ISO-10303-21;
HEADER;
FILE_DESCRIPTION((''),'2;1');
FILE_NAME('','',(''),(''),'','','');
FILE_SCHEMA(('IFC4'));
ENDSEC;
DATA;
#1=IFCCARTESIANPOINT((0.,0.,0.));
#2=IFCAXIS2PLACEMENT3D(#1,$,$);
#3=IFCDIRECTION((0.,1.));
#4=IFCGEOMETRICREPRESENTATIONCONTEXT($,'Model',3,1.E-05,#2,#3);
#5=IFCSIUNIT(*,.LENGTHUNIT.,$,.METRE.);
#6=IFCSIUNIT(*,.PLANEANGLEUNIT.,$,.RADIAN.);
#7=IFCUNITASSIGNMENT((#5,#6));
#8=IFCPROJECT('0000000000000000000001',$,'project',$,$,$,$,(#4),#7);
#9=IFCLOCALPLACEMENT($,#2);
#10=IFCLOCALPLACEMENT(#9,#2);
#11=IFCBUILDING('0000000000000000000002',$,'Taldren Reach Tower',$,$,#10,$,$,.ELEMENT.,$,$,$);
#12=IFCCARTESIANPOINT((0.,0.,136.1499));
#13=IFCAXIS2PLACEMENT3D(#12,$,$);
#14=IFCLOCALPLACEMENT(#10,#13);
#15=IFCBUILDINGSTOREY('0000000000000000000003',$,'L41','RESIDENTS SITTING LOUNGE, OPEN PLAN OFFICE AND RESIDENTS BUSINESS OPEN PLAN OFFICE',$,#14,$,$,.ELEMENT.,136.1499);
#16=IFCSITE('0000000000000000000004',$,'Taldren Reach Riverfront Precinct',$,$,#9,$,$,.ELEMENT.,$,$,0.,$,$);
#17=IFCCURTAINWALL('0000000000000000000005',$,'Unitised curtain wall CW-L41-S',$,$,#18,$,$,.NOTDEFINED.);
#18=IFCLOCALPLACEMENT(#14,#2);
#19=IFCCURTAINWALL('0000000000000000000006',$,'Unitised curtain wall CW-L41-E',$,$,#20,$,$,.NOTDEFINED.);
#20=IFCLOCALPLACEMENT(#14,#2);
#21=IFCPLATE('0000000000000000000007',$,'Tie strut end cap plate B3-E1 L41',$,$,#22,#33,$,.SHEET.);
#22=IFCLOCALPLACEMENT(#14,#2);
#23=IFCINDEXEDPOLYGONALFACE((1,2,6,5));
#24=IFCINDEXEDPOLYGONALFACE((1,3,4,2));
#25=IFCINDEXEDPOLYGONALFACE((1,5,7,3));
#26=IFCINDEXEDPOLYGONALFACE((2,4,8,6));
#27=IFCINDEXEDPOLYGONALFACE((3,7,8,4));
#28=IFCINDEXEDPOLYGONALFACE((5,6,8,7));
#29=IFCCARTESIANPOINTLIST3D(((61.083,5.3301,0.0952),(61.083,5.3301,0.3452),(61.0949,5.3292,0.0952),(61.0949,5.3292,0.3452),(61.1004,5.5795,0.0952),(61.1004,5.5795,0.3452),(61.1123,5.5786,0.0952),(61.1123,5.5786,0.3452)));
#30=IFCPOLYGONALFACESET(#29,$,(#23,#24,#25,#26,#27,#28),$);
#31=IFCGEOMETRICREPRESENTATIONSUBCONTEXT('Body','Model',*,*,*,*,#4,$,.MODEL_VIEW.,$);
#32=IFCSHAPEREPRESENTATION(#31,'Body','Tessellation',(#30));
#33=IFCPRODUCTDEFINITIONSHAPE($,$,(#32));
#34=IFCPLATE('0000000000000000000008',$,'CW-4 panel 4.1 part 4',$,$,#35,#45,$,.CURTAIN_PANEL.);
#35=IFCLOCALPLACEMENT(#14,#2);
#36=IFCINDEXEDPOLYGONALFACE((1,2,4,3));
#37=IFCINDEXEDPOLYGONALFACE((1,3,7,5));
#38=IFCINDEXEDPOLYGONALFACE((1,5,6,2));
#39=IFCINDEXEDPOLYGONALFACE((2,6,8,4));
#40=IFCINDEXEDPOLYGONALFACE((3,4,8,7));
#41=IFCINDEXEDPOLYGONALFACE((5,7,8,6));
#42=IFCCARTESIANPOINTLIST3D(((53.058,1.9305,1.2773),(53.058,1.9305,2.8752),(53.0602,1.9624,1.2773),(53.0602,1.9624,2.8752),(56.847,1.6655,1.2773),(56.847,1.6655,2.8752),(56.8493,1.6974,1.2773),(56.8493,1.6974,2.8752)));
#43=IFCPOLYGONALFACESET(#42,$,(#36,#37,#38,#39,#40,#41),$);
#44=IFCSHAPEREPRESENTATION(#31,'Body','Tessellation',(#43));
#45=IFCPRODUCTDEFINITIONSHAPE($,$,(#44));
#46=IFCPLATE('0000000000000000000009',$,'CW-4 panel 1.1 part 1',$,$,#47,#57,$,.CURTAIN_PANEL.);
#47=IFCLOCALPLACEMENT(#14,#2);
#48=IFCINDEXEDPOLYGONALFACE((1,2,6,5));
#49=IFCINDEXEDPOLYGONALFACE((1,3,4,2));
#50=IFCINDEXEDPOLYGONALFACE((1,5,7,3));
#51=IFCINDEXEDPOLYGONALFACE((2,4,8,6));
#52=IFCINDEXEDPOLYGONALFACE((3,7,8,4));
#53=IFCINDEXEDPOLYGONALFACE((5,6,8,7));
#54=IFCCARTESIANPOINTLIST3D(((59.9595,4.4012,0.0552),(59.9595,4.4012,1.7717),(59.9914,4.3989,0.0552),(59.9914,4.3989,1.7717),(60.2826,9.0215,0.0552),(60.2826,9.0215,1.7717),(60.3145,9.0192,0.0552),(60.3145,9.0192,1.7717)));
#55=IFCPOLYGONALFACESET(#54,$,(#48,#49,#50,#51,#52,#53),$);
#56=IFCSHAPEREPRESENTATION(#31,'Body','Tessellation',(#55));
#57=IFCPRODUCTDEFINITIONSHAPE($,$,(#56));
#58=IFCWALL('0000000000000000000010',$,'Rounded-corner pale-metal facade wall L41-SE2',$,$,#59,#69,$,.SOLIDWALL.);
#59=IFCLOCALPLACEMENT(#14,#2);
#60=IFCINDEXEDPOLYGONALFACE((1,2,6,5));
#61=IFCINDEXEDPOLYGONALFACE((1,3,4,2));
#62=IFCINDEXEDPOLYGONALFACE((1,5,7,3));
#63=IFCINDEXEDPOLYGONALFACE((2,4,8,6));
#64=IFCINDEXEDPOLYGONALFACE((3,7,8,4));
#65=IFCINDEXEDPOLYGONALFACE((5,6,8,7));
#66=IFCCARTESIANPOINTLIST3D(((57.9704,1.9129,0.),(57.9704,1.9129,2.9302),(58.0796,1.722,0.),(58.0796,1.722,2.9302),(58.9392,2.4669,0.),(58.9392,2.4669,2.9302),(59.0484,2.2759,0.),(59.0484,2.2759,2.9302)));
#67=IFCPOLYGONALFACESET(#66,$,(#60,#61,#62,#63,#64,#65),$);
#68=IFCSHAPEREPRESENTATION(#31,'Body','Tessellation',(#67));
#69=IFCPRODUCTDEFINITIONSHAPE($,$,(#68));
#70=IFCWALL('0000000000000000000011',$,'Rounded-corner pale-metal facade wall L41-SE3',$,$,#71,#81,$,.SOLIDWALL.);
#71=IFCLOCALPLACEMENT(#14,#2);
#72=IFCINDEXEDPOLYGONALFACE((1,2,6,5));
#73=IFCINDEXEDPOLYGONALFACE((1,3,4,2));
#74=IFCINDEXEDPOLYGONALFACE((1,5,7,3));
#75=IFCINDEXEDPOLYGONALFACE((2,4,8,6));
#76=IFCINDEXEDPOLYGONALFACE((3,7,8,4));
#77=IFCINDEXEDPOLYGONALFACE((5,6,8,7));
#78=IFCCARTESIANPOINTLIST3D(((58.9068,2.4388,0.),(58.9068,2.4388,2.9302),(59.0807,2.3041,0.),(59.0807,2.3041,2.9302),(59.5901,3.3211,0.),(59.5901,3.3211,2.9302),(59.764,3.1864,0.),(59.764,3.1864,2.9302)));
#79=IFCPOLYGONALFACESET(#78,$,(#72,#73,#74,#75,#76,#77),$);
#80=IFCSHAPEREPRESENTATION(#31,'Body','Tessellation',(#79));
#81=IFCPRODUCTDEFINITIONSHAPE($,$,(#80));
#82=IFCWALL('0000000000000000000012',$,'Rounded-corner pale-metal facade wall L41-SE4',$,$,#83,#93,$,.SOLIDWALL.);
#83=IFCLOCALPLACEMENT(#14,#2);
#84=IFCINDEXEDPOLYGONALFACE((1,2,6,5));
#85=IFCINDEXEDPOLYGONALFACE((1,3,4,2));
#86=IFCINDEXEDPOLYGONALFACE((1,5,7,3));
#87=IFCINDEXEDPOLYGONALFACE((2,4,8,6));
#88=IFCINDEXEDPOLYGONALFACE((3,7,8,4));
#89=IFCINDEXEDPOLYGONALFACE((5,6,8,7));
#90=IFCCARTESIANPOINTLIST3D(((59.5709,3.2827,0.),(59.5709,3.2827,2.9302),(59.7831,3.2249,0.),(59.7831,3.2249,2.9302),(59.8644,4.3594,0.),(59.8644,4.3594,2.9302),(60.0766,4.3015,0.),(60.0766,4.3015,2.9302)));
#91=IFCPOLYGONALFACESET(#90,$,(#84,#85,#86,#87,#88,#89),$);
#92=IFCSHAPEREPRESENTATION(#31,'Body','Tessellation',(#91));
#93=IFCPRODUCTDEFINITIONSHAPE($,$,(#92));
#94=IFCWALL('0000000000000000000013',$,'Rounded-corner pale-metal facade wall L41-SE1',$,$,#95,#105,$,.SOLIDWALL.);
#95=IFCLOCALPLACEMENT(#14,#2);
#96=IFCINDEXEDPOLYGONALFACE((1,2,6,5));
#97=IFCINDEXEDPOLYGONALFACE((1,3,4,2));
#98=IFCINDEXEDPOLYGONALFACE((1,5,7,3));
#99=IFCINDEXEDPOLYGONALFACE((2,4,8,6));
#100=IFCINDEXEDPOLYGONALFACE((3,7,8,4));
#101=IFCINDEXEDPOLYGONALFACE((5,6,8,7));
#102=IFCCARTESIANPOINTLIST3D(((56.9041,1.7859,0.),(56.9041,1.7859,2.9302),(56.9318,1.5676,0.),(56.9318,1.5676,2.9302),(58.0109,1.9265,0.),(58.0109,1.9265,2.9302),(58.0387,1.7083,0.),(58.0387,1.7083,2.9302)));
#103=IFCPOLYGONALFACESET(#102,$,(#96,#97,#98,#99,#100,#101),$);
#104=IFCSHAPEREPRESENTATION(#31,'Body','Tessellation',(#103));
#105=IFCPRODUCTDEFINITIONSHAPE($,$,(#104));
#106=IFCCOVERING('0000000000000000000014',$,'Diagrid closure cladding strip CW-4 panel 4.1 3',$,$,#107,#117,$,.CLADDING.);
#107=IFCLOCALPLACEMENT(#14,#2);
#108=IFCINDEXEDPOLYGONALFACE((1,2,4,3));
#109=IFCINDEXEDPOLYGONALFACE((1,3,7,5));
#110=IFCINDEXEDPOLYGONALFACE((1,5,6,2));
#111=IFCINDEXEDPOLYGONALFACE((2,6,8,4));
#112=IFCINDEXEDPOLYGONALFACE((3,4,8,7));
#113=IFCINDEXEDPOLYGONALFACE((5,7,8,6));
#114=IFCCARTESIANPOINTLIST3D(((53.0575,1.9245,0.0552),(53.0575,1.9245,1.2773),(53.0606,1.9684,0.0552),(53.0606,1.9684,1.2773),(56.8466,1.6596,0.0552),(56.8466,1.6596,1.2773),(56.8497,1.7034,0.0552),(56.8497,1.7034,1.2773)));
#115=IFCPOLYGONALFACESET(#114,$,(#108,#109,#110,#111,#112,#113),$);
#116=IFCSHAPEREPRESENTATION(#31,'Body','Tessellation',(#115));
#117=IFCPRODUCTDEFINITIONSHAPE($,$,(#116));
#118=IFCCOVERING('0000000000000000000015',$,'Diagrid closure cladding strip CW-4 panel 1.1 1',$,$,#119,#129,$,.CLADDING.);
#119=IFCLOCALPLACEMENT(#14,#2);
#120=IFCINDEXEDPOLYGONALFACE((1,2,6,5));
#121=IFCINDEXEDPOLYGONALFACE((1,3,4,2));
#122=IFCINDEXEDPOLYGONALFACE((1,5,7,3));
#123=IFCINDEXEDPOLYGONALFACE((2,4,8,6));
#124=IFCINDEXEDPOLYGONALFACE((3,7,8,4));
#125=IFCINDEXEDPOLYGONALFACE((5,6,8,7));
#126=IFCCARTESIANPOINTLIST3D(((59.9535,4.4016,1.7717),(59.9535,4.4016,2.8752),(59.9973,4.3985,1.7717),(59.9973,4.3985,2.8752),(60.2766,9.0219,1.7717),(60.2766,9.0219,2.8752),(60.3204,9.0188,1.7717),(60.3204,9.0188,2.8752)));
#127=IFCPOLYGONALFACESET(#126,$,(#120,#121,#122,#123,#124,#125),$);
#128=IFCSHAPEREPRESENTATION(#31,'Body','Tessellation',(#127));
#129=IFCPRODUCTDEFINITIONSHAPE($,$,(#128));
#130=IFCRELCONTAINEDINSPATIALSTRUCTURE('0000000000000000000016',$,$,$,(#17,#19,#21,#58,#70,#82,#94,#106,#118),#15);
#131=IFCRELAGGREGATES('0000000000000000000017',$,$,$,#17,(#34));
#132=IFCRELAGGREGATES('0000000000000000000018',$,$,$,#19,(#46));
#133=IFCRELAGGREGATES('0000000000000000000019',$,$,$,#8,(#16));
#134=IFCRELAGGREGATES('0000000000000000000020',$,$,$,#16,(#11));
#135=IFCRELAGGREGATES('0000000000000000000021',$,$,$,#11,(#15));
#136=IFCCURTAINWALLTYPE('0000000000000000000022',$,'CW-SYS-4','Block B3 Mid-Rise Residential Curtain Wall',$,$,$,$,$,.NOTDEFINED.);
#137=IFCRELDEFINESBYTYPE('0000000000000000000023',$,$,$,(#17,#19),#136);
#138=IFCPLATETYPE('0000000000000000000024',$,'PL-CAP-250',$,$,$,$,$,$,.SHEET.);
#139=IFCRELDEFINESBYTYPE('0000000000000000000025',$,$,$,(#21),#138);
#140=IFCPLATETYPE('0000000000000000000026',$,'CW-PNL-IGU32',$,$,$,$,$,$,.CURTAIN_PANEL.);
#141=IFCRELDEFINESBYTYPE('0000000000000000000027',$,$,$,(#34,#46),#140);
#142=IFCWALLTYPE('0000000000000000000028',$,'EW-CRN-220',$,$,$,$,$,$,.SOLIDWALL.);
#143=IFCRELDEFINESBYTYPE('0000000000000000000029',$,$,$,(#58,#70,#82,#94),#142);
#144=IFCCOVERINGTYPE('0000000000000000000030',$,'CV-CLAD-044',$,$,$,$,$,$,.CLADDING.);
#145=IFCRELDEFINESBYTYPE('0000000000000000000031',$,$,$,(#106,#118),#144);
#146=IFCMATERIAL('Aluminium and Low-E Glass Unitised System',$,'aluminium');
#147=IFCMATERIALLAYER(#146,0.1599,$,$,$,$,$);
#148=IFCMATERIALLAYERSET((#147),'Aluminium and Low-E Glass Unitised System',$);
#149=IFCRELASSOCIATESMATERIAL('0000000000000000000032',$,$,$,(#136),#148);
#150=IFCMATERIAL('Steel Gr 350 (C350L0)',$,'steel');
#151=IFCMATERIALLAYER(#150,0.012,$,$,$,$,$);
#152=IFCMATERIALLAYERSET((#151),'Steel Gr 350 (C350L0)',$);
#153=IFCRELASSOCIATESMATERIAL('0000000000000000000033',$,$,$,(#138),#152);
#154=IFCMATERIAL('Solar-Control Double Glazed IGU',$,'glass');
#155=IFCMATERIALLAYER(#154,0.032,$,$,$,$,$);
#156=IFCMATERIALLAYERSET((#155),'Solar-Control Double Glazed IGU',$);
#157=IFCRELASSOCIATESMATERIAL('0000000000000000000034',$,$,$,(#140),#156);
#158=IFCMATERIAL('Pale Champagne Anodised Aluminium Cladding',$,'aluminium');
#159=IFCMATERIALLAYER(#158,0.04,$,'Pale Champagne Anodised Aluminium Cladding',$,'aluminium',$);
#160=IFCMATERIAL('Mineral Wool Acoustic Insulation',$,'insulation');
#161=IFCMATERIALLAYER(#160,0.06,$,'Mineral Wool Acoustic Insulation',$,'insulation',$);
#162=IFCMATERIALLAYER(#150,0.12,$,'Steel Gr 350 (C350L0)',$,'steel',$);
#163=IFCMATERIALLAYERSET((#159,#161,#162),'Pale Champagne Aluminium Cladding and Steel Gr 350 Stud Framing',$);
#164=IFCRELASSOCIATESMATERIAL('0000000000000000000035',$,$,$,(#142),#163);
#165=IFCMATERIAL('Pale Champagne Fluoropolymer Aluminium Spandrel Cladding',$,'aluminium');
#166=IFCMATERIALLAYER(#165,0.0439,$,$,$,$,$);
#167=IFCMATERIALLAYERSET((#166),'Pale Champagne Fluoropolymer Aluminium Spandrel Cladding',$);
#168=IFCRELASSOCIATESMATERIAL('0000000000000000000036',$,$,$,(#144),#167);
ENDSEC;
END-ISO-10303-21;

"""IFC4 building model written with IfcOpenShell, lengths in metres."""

from ifc_helpers import new_model, si_unit, direction, frame, frame_2d, origin, origin_2d, place, context, subcontext, project, spatial, rectangle, extrude, source, transform, mapped, material, layer, layer_set, type_object, element, aggregate, save


model = new_model("IFC4")

# Units and contexts
model_context = context("Model", 3, precision=1e-05, world=origin(), true_north=direction((0.0, 1.0)))
body_context = subcontext(model_context, "Body", "Model", "MODEL_VIEW")
ifc_project = project(units=[si_unit("LENGTHUNIT", "METRE"), si_unit("PLANEANGLEUNIT", "RADIAN")], contexts=[model_context])

# Site, building, storey
site_placement = place(None, origin())
site = spatial("IfcSite", under=ifc_project, at=site_placement, Name="Taldren Reach Riverfront Precinct", CompositionType="ELEMENT", RefElevation=0.0)
building_placement = place(site_placement, origin())
building = spatial("IfcBuilding", under=site, at=building_placement, Name="Taldren Reach Tower", CompositionType="ELEMENT")
storey_placement = place(building_placement, frame((0.0, 0.0, 136.1499)))
storey = spatial("IfcBuildingStorey", under=building, at=storey_placement, Name="L41", Description="RESIDENTS SITTING LOUNGE, OPEN PLAN OFFICE AND RESIDENTS BUSINESS OPEN PLAN OFFICE", CompositionType="ELEMENT", Elevation=136.1499)

# Shared definitions
ifc_material_1 = material(Name="Steel Gr 350 (C350L0)", Category="steel")

# Curtain wall
ifc_material_2 = material(Name="Aluminium and Low-E Glass Unitised System", Category="aluminium")
ifc_layer_1 = layer(ifc_material_2, 0.1599)
ifc_layer_set_1 = layer_set([ifc_layer_1], Name="Aluminium and Low-E Glass Unitised System")
curtain_wall_type = type_object("IfcCurtainWallType", Name="CW-SYS-4", Description="Block B3 Mid-Rise Residential Curtain Wall", PredefinedType="NOTDEFINED", material=ifc_layer_set_1)
curtain_wall_1_placement = place(storey_placement, origin())
curtain_wall_1 = element("IfcCurtainWall", 1, at=curtain_wall_1_placement, inside=storey, type_object=curtain_wall_type, Name="Unitised curtain wall CW-L41-S", PredefinedType="NOTDEFINED")

# Curtain wall
curtain_wall_2_placement = place(storey_placement, origin())
curtain_wall_2 = element("IfcCurtainWall", 2, at=curtain_wall_2_placement, inside=storey, type_object=curtain_wall_type, Name="Unitised curtain wall CW-L41-E", PredefinedType="NOTDEFINED")

# Plate
ifc_layer_2 = layer(ifc_material_1, 0.012)
ifc_layer_set_2 = layer_set([ifc_layer_2], Name="Steel Gr 350 (C350L0)")
plate_type_1 = type_object("IfcPlateType", Name="PL-CAP-250", PredefinedType="SHEET", material=ifc_layer_set_2)
shared_shape_1 = source(origin(), body_context, "Body", "SweptSolid", [
    extrude(rectangle(XDim=0.012, YDim=0.25, at=origin_2d()), origin(), (0.0, 0.0, 1.0), 0.25),
])
plate_1_placement = place(storey_placement, frame((61.0977, 5.4543, 0.0952), z_axis=(0.0, 0.0, 1.0), x_axis=(0.997564, -0.069756, 0.0)))
element("IfcPlate", 3, at=plate_1_placement, inside=storey, type_object=plate_type_1, Name="Tie strut end cap plate B3-E1 L41", PredefinedType="SHEET", context=body_context, shape_type="MappedRepresentation", body=[
    mapped(shared_shape_1, transform((0.0, 0.0, 0.0), scale=1.0)),
])

# Plates
ifc_material_3 = material(Name="Solar-Control Double Glazed IGU", Category="glass")
ifc_layer_3 = layer(ifc_material_3, 0.032)
ifc_layer_set_3 = layer_set([ifc_layer_3], Name="Solar-Control Double Glazed IGU")
plate_type_2 = type_object("IfcPlateType", Name="CW-PNL-IGU32", PredefinedType="CURTAIN_PANEL", material=ifc_layer_set_3)
shared_shape_2 = source(origin(), body_context, "Body", "SweptSolid", [
    extrude(rectangle(XDim=3.7983, YDim=0.032, at=origin_2d()), origin(), (0.0, 0.0, 1.0), 1.5979),
])
plate_2_placement = place(storey_placement, frame((54.9536, 1.814, 1.2773), z_axis=(0.0, 0.0, 1.0), x_axis=(0.997564, -0.069757, 0.0)))
plate_2 = element("IfcPlate", 4, at=plate_2_placement, type_object=plate_type_2, Name="CW-4 panel 4.1 part 4", PredefinedType="CURTAIN_PANEL", context=body_context, shape_type="MappedRepresentation", body=[
    mapped(shared_shape_2, transform((0.0, 0.0, 0.0), scale=1.0)),
])
aggregate(curtain_wall_1, [plate_2])
shared_shape_3 = source(origin(), body_context, "Body", "SweptSolid", [
    extrude(rectangle(XDim=4.6316, YDim=0.032, at=origin_2d()), origin(), (0.0, 0.0, 1.0), 1.7166),
])
plate_3_placement = place(storey_placement, frame((60.137, 6.7102, 0.0552), z_axis=(0.0, 0.0, 1.0), x_axis=(0.069756, 0.997564, 0.0)))
plate_3 = element("IfcPlate", 5, at=plate_3_placement, type_object=plate_type_2, Name="CW-4 panel 1.1 part 1", PredefinedType="CURTAIN_PANEL", context=body_context, shape_type="MappedRepresentation", body=[
    mapped(shared_shape_3, transform((0.0, 0.0, 0.0), scale=1.0)),
])
aggregate(curtain_wall_2, [plate_3])

# Walls
ifc_material_4 = material(Name="Pale Champagne Anodised Aluminium Cladding", Category="aluminium")
ifc_layer_4 = layer(ifc_material_4, 0.04, Name="Pale Champagne Anodised Aluminium Cladding", Category="aluminium")
ifc_material_5 = material(Name="Mineral Wool Acoustic Insulation", Category="insulation")
ifc_layer_5 = layer(ifc_material_5, 0.06, Name="Mineral Wool Acoustic Insulation", Category="insulation")
ifc_layer_6 = layer(ifc_material_1, 0.12, Name="Steel Gr 350 (C350L0)", Category="steel")
ifc_layer_set_4 = layer_set([ifc_layer_4, ifc_layer_5, ifc_layer_6], Name="Pale Champagne Aluminium Cladding and Steel Gr 350 Stud Framing")
wall_type = type_object("IfcWallType", Name="EW-CRN-220", PredefinedType="SOLIDWALL", material=ifc_layer_set_4)
shared_shape_4 = source(origin(), body_context, "Body", "SweptSolid", [
    extrude(rectangle(XDim=1.116, YDim=0.22, at=frame_2d((0.5581, 0.0))), origin(), (0.0, 0.0, 1.0), 2.9302),
])
for number, where, z_axis, x_axis, name in (
    (6, (58.0249, 1.8174, 0.0), (0.0, 0.0, 1.0), (0.868095, 0.496398, 0.0), "Rounded-corner pale-metal facade wall L41-SE2"),
    (7, (58.9937, 2.3713, 0.0), (0.0, 0.0, 1.0), (0.612319, 0.790611, 0.0), "Rounded-corner pale-metal facade wall L41-SE3"),
    (8, (59.677, 3.2537, 0.0), (0.0, 0.0, 1.0), (0.262969, 0.964804, 0.0), "Rounded-corner pale-metal facade wall L41-SE4"),
):
    element("IfcWall", number, at=place(storey_placement, frame(where, z_axis=z_axis, x_axis=x_axis)), inside=storey, type_object=wall_type, Name=name, PredefinedType="SOLIDWALL", context=body_context, shape_type="MappedRepresentation", body=[
        mapped(shared_shape_4, transform((0.0, 0.0, 0.0), scale=1.0)),
    ])
shared_shape_5 = source(origin(), body_context, "Body", "SweptSolid", [
    extrude(rectangle(XDim=1.1157, YDim=0.22, at=frame_2d((0.5579, 0.0))), origin(), (0.0, 0.0, 1.0), 2.9302),
])
wall_placement = place(storey_placement, frame((56.918, 1.6768, 0.0), z_axis=(0.0, 0.0, 1.0), x_axis=(0.992027, 0.126027, 0.0)))
element("IfcWall", 9, at=wall_placement, inside=storey, type_object=wall_type, Name="Rounded-corner pale-metal facade wall L41-SE1", PredefinedType="SOLIDWALL", context=body_context, shape_type="MappedRepresentation", body=[
    mapped(shared_shape_5, transform((0.0, 0.0, 0.0), scale=1.0)),
])

# Coverings
ifc_material_6 = material(Name="Pale Champagne Fluoropolymer Aluminium Spandrel Cladding", Category="aluminium")
ifc_layer_7 = layer(ifc_material_6, 0.0439)
ifc_layer_set_5 = layer_set([ifc_layer_7], Name="Pale Champagne Fluoropolymer Aluminium Spandrel Cladding")
covering_type = type_object("IfcCoveringType", Name="CV-CLAD-044", PredefinedType="CLADDING", material=ifc_layer_set_5)
shared_shape_6 = source(origin(), body_context, "Body", "SweptSolid", [
    extrude(rectangle(XDim=3.7983, YDim=0.0439, at=origin_2d()), origin(), (0.0, 0.0, 1.0), 1.2222),
])
covering_1_placement = place(storey_placement, frame((54.9536, 1.814, 0.0552), z_axis=(0.0, 0.0, 1.0), x_axis=(0.997564, -0.069757, 0.0)))
element("IfcCovering", 10, at=covering_1_placement, inside=storey, type_object=covering_type, Name="Diagrid closure cladding strip CW-4 panel 4.1 3", PredefinedType="CLADDING", context=body_context, shape_type="MappedRepresentation", body=[
    mapped(shared_shape_6, transform((0.0, 0.0, 0.0), scale=1.0)),
])
shared_shape_7 = source(origin(), body_context, "Body", "SweptSolid", [
    extrude(rectangle(XDim=4.6316, YDim=0.0439, at=origin_2d()), origin(), (0.0, 0.0, 1.0), 1.1035),
])
covering_2_placement = place(storey_placement, frame((60.137, 6.7102, 1.7717), z_axis=(0.0, 0.0, 1.0), x_axis=(0.069756, 0.997564, 0.0)))
element("IfcCovering", 11, at=covering_2_placement, inside=storey, type_object=covering_type, Name="Diagrid closure cladding strip CW-4 panel 1.1 1", PredefinedType="CLADDING", context=body_context, shape_type="MappedRepresentation", body=[
    mapped(shared_shape_7, transform((0.0, 0.0, 0.0), scale=1.0)),
])

save(model, "model.ifc")
